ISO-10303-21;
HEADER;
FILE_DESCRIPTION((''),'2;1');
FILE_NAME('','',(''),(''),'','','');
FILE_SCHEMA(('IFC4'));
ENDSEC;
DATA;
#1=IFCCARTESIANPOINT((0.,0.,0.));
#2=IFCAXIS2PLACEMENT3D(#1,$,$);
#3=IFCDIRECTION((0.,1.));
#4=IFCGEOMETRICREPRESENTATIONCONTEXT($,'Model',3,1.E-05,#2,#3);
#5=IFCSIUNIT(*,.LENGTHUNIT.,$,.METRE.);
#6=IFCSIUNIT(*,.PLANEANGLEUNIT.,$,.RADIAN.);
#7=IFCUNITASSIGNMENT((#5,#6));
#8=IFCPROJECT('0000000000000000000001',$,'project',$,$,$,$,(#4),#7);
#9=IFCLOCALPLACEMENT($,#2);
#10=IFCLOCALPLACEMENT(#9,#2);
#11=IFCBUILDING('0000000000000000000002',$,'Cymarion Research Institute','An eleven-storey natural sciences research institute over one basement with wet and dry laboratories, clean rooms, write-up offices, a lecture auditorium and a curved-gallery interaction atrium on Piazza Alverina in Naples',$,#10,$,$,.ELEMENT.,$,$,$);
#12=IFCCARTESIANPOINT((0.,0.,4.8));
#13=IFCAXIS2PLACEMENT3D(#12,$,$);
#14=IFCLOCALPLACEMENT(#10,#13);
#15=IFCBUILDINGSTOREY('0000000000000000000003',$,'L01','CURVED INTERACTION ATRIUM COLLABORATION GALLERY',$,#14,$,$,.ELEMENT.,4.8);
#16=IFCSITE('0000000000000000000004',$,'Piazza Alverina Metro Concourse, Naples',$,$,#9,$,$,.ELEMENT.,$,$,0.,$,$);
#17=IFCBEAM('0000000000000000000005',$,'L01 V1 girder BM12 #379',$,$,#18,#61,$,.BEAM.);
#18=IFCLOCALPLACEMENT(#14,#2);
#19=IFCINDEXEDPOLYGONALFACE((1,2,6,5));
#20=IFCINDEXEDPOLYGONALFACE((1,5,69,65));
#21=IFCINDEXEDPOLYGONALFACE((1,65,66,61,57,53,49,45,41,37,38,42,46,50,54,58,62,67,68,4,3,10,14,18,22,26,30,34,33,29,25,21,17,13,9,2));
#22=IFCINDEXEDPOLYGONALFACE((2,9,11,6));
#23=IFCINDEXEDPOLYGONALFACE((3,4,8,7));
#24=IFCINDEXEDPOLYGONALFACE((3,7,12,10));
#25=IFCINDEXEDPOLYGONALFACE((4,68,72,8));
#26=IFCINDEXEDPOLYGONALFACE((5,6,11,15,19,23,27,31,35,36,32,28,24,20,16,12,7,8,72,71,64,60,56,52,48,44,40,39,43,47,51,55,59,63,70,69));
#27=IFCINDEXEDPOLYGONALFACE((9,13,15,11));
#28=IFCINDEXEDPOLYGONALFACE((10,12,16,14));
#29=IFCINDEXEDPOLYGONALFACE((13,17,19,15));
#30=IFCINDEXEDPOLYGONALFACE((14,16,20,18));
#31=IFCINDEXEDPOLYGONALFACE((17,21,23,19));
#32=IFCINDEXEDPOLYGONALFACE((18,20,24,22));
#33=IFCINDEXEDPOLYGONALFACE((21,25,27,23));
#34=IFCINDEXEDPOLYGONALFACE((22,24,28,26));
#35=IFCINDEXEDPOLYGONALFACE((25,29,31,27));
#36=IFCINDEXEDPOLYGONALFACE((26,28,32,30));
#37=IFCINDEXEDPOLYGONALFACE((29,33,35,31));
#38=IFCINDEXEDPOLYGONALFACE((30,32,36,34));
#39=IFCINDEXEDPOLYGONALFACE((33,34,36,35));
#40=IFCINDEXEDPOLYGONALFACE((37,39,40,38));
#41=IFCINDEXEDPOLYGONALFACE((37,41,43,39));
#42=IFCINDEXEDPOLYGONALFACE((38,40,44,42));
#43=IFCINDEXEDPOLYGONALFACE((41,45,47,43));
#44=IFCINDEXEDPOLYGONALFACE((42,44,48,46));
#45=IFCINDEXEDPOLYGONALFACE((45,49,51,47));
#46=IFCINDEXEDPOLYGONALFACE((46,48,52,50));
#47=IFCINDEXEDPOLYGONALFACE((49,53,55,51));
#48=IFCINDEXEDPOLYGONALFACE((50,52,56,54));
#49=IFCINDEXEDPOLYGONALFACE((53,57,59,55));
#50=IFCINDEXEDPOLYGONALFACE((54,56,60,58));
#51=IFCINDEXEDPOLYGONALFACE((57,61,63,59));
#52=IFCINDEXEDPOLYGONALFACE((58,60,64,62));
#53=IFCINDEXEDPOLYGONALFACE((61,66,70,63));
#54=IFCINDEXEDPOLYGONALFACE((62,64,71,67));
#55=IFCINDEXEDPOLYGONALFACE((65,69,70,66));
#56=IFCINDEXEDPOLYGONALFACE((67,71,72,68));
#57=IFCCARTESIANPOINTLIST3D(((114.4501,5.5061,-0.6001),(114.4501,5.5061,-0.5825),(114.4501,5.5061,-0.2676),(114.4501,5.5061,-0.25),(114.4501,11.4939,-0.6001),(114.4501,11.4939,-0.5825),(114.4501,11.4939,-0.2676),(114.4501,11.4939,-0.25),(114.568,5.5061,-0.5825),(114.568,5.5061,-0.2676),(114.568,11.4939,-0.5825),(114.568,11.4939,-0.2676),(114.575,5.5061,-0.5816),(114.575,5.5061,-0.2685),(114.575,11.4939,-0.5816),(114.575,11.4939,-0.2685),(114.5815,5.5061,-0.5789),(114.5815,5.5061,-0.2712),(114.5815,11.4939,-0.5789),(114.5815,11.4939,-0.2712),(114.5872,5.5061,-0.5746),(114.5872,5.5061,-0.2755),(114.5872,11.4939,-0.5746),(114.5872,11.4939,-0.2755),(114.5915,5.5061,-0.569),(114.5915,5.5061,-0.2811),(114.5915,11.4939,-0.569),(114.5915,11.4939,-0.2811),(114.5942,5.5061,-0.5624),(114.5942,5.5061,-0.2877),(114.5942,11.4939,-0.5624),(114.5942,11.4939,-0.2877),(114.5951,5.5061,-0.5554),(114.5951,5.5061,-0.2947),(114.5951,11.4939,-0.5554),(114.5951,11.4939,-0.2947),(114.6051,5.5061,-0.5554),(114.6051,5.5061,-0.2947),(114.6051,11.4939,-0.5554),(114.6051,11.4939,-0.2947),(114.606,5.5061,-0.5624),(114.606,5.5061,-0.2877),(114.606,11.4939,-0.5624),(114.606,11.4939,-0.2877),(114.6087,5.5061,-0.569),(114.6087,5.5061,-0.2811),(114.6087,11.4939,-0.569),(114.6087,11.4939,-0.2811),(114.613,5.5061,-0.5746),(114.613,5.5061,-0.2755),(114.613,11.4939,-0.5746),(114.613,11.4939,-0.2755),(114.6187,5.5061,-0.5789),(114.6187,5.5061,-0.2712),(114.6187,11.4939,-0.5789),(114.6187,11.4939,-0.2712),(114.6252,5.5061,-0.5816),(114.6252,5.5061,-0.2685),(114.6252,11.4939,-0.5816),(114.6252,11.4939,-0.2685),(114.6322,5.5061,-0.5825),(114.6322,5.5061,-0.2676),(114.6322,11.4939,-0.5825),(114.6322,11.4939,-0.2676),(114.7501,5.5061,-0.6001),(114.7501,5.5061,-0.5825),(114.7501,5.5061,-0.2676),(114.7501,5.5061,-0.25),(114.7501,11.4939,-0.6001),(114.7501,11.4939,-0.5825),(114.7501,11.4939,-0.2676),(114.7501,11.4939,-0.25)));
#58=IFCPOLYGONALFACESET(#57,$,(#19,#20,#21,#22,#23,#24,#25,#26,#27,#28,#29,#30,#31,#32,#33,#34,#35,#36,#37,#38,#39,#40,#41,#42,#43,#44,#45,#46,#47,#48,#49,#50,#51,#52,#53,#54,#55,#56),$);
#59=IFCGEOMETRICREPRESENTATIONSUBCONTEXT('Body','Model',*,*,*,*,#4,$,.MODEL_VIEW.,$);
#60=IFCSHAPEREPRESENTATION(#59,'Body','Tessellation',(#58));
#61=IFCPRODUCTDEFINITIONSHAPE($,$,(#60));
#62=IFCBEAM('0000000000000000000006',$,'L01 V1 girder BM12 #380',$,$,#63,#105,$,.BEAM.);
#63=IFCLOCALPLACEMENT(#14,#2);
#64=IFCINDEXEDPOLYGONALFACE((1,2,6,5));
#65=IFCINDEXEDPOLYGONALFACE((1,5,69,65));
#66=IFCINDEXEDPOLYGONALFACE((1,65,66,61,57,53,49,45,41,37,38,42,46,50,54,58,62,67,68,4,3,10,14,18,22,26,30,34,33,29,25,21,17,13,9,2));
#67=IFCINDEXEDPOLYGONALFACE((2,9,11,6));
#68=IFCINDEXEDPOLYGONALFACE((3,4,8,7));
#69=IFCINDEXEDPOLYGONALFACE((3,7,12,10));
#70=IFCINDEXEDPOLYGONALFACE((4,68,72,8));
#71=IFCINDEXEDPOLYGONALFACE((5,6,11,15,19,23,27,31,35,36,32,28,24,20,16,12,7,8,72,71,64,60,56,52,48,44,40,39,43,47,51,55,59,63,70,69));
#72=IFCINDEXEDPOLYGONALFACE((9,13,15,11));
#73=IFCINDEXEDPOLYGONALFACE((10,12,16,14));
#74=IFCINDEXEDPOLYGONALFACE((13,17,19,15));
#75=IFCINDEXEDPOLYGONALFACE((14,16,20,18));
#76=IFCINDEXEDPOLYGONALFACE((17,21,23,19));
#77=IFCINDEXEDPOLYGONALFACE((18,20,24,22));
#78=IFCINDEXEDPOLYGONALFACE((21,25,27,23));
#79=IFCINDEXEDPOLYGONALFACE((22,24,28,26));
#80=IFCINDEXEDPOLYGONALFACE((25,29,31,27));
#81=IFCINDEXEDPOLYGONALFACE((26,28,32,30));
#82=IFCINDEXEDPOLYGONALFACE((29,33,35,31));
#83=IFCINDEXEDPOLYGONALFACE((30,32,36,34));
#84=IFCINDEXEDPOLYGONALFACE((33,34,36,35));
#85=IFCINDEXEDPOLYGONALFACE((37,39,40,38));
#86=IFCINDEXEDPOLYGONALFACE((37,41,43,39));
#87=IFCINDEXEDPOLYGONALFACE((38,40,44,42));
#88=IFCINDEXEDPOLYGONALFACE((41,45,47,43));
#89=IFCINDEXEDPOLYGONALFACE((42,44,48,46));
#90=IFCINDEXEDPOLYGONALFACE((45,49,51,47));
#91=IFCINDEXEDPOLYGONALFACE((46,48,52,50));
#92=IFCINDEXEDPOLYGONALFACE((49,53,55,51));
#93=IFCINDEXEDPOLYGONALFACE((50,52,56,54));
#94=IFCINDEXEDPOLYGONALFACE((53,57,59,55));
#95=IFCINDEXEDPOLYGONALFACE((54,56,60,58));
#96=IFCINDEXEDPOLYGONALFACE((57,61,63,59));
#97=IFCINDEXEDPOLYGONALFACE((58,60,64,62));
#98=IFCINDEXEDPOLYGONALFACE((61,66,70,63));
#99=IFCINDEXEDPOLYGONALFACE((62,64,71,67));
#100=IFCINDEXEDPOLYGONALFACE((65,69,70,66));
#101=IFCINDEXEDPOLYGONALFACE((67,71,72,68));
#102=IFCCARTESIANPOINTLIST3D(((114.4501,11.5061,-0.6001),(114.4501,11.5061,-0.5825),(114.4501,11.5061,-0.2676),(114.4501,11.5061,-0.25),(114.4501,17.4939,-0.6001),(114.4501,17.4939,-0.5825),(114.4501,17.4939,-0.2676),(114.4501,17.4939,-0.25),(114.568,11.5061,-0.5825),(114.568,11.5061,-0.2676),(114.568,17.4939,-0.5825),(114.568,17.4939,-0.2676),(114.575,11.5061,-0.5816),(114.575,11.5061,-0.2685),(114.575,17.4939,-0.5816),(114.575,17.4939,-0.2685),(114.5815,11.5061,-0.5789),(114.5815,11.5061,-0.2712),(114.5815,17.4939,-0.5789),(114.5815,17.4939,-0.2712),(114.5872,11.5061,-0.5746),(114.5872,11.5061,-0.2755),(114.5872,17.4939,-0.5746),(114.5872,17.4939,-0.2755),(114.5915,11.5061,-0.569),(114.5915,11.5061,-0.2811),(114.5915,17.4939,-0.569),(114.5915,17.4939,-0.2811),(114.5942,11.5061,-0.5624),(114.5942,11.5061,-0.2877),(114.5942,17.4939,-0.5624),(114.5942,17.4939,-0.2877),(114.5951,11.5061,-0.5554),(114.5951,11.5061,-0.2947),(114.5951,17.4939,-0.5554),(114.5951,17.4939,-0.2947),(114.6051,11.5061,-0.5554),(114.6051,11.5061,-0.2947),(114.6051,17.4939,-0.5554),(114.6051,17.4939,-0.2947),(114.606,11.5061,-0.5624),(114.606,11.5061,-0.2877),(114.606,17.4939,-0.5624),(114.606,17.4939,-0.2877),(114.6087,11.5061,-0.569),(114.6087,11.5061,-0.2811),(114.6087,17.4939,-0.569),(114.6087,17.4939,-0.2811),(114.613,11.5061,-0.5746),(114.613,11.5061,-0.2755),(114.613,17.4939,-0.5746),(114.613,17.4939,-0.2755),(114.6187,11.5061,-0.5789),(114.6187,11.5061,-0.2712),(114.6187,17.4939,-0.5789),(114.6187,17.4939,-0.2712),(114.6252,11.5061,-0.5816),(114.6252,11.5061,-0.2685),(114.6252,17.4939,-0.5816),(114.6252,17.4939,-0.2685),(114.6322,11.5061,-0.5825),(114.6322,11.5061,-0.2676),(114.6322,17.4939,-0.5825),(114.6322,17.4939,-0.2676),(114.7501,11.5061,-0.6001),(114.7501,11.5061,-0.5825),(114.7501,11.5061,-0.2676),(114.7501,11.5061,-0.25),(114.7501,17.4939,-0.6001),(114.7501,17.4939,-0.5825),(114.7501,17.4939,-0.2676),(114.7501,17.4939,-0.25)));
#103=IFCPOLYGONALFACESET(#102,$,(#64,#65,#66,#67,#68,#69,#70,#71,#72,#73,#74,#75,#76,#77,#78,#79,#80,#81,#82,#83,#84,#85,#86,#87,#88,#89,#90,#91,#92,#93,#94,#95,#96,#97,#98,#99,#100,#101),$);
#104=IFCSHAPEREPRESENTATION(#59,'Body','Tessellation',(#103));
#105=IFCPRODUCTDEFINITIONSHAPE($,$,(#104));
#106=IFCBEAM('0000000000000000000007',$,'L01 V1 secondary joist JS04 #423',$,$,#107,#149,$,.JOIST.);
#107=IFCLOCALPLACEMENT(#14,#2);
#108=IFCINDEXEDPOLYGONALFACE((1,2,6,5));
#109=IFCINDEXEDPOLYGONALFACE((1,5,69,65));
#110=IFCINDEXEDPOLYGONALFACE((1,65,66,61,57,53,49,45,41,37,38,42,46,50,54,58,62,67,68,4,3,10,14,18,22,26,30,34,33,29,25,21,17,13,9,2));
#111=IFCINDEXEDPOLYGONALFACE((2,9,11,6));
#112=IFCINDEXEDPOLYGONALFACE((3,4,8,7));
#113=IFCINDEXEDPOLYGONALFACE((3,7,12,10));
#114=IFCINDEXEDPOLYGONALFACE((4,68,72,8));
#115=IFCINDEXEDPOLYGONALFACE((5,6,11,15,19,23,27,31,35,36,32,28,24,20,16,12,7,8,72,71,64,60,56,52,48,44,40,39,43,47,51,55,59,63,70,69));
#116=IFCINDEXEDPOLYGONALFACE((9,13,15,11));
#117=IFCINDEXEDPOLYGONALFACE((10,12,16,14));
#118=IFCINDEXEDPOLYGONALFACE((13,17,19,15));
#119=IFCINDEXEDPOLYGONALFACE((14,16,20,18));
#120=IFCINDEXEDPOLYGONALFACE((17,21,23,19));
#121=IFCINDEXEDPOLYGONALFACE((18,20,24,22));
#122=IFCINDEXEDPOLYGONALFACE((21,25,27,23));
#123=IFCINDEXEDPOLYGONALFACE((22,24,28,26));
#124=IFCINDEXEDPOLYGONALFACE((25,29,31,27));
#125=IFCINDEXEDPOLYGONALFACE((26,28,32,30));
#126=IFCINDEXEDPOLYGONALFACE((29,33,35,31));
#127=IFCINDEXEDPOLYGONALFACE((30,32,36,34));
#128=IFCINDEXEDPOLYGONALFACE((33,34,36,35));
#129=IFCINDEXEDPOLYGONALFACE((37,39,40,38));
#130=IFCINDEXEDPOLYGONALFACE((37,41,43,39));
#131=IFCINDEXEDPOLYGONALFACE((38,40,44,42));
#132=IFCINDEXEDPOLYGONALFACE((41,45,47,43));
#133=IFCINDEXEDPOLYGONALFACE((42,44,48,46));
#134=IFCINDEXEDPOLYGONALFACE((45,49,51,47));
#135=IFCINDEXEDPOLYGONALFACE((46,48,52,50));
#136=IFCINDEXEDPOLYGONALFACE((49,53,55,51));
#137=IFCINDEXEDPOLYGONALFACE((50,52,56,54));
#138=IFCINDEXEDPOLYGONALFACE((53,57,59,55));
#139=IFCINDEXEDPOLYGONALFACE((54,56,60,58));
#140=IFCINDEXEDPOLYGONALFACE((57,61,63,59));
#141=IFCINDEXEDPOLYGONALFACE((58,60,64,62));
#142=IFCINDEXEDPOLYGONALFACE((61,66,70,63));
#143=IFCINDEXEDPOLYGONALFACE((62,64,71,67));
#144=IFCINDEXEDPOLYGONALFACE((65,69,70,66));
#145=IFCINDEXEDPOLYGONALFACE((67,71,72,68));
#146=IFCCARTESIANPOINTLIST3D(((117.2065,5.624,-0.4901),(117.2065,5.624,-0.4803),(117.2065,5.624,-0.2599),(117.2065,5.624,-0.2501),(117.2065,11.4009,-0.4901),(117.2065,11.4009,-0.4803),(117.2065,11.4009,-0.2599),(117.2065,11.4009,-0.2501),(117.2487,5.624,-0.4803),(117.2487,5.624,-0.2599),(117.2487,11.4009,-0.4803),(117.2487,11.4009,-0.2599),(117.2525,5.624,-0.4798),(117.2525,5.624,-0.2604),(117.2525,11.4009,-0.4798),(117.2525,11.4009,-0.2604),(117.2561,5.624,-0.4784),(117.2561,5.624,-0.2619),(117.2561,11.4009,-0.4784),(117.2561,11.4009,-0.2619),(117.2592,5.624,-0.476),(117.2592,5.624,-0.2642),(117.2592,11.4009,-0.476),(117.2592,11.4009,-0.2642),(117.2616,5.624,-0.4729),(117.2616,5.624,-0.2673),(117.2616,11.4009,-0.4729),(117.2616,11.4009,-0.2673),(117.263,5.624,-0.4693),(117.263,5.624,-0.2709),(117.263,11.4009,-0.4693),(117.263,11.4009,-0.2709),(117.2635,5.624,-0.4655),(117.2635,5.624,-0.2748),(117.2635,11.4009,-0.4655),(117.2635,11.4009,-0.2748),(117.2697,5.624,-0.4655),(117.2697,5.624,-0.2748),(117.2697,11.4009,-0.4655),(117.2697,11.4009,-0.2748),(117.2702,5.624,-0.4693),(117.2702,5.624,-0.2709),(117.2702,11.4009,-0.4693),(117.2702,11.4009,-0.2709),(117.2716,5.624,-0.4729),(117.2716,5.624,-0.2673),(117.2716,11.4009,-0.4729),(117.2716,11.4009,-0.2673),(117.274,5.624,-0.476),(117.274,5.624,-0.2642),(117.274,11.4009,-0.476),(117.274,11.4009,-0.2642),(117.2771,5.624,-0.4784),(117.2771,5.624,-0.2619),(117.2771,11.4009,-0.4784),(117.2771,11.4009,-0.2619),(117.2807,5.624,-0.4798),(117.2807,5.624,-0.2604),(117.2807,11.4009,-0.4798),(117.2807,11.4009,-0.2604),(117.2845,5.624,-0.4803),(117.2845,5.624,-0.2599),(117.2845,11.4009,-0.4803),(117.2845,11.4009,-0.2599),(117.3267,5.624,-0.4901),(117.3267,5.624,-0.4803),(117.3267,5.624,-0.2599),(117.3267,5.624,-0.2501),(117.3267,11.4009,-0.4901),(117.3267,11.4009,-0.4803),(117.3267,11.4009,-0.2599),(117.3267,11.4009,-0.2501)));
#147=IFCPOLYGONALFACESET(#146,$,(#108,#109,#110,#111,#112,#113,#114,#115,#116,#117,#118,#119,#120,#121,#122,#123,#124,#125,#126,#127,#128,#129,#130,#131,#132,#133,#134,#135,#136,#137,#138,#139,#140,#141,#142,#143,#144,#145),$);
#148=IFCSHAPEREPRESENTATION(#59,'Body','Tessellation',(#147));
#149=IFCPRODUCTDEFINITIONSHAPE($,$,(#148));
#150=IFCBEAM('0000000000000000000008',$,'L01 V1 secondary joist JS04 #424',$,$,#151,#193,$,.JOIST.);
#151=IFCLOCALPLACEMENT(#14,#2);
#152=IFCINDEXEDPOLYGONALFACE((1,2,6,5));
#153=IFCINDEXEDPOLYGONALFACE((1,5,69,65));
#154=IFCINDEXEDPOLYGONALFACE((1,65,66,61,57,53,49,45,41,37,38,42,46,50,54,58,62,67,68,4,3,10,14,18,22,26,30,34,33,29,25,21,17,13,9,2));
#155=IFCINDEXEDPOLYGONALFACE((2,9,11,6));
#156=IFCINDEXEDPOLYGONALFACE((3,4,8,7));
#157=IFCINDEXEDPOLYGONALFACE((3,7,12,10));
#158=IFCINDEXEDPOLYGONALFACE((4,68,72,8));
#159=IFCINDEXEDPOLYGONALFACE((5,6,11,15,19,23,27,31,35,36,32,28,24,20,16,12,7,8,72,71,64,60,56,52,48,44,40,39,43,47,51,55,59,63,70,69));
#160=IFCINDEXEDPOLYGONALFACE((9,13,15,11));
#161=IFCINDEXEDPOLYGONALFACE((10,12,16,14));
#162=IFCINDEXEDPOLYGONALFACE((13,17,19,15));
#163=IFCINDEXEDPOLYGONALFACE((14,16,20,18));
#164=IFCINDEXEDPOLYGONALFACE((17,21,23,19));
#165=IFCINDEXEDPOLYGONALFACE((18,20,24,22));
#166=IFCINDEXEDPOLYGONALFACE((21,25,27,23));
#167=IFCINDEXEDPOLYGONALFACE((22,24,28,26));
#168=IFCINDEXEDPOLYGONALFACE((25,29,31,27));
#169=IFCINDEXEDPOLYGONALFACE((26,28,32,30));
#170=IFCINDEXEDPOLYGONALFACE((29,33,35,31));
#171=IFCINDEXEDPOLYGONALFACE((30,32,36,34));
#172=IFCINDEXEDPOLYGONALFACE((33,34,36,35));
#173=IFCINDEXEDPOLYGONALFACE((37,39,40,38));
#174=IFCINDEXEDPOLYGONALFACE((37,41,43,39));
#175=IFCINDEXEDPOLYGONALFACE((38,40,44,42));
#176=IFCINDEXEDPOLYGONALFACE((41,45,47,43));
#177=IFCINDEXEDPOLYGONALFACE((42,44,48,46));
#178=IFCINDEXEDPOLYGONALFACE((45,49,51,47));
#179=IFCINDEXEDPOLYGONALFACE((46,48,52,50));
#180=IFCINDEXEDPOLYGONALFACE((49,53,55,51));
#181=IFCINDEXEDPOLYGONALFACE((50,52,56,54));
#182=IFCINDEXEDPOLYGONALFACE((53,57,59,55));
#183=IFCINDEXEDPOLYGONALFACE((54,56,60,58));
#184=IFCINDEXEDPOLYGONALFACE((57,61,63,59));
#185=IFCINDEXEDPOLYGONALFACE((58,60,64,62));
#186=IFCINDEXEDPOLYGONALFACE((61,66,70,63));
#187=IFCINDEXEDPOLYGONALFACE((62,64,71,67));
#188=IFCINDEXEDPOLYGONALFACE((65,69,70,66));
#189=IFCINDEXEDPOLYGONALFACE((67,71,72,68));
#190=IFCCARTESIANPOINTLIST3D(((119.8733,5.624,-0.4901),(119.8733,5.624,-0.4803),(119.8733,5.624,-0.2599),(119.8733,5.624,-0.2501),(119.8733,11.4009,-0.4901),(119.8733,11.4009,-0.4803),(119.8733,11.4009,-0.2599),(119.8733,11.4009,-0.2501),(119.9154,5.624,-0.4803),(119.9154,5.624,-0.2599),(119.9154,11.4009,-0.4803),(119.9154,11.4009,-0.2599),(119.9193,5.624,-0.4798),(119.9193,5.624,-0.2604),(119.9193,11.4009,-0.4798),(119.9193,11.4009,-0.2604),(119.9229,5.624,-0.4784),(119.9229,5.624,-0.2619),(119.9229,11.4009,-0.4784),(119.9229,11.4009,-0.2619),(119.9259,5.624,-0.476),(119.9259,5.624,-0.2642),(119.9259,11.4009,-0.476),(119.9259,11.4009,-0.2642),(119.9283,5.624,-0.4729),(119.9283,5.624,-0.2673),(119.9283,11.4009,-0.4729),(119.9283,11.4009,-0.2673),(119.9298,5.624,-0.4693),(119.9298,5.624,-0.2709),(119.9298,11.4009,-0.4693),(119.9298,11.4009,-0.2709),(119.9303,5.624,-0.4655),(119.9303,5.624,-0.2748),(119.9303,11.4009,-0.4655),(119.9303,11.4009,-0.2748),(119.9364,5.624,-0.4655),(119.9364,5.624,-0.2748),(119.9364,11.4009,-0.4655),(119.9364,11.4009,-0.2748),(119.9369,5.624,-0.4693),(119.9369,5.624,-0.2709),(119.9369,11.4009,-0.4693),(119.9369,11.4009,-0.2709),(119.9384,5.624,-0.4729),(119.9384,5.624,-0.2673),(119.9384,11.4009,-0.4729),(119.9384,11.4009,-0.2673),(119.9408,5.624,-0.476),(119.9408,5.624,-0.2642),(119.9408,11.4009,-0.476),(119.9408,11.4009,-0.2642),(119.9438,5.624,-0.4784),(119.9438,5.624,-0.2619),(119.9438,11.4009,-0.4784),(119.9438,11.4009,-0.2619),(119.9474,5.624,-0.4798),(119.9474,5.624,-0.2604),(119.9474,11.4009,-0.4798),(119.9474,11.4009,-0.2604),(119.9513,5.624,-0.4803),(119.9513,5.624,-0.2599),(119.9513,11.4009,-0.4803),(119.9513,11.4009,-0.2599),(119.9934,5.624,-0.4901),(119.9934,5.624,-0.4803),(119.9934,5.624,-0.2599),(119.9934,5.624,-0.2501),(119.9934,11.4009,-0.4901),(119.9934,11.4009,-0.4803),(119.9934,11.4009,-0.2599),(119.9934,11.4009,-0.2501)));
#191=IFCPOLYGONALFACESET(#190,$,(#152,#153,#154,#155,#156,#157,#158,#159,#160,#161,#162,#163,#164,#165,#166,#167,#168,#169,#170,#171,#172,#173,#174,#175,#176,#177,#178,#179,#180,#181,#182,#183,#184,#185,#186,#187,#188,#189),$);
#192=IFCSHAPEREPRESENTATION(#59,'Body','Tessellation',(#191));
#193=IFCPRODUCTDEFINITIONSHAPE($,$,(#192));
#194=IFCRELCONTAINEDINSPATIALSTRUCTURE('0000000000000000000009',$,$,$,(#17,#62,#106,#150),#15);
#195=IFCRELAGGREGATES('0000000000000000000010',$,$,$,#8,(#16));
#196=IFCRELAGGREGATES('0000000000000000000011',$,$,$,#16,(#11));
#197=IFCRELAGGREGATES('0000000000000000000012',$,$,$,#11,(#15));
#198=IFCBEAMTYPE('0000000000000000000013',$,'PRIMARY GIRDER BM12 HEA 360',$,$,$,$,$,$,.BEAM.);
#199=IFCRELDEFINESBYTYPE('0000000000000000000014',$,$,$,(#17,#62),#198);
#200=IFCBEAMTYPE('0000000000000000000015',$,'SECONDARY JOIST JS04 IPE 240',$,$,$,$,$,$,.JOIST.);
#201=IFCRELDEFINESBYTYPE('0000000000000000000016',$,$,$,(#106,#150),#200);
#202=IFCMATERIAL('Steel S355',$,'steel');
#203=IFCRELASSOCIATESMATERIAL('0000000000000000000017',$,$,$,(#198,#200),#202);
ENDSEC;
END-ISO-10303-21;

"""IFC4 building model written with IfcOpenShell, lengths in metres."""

from ifc_helpers import new_model, si_unit, direction, frame, origin, origin_2d, place, context, subcontext, project, spatial, i_section, extrude, material, material_profile, profile_set, type_object, element, save


model = new_model("IFC4")

# Units and contexts
model_context = context("Model", 3, precision=1e-05, world=origin(), true_north=direction((0.0, 1.0)))
body_context = subcontext(model_context, "Body", "Model", "MODEL_VIEW")
ifc_project = project(units=[si_unit("LENGTHUNIT", "METRE"), si_unit("PLANEANGLEUNIT", "RADIAN")], contexts=[model_context])

# Site, building, storey
site_placement = place(None, origin())
site = spatial("IfcSite", under=ifc_project, at=site_placement, Name="Piazza Alverina Metro Concourse, Naples", CompositionType="ELEMENT", RefElevation=0.0)
building_placement = place(site_placement, origin())
building = spatial("IfcBuilding", under=site, at=building_placement, Name="Cymarion Research Institute", Description="An eleven-storey natural sciences research institute over one basement with wet and dry laboratories, clean rooms, write-up offices, a lecture auditorium and a curved-gallery interaction atrium on Piazza Alverina in Naples", CompositionType="ELEMENT")
storey_placement = place(building_placement, frame((0.0, 0.0, 4.8)))
storey = spatial("IfcBuildingStorey", under=building, at=storey_placement, Name="L01", Description="CURVED INTERACTION ATRIUM COLLABORATION GALLERY", CompositionType="ELEMENT", Elevation=4.8)

# Shared definitions
ifc_material_1 = material(Name="Steel S355", Category="steel")

# Beams
ifc_material_profile_1 = material_profile(ifc_material_1, i_section(OverallWidth=0.3, OverallDepth=0.3501, WebThickness=0.01, FlangeThickness=0.0176, FilletRadius=0.0271, at=origin_2d()), Name="HEA 360")
ifc_profile_set_1 = profile_set([ifc_material_profile_1], Name="Steel S355")
beam_type_1 = type_object("IfcBeamType", Name="PRIMARY GIRDER BM12 HEA 360", PredefinedType="BEAM", material=ifc_profile_set_1)
for number, where, z_axis, x_axis, name in (
    (1, (114.6001, 5.5061, -0.425), (0.0, 1.0, 0.0), (-1.0, 0.0, 0.0), "L01 V1 girder BM12 #379"),
    (2, (114.6001, 11.5061, -0.425), (0.0, 1.0, 0.0), (-1.0, 0.0, 0.0), "L01 V1 girder BM12 #380"),
):
    element("IfcBeam", number, at=place(storey_placement, frame(where, z_axis=z_axis, x_axis=x_axis)), inside=storey, type_object=beam_type_1, Name=name, PredefinedType="BEAM", context=body_context, shape_type="SweptSolid", body=[
        extrude(i_section(OverallWidth=0.3, OverallDepth=0.3501, WebThickness=0.01, FlangeThickness=0.0176, FilletRadius=0.0271, at=origin_2d()), origin(), (0.0, 0.0, 1.0), 5.9878),
    ])
ifc_material_profile_2 = material_profile(ifc_material_1, i_section(OverallWidth=0.1201, OverallDepth=0.24, WebThickness=0.0061, FlangeThickness=0.0098, FilletRadius=0.0149, at=origin_2d()), Name="IPE 240")
ifc_profile_set_2 = profile_set([ifc_material_profile_2], Name="Steel S355")
beam_type_2 = type_object("IfcBeamType", Name="SECONDARY JOIST JS04 IPE 240", PredefinedType="JOIST", material=ifc_profile_set_2)
for number, where, z_axis, x_axis, name in (
    (3, (117.2666, 5.624, -0.3701), (0.0, 1.0, 0.0), (-1.0, 0.0, 0.0), "L01 V1 secondary joist JS04 #423"),
    (4, (119.9333, 5.624, -0.3701), (0.0, 1.0, 0.0), (-1.0, 0.0, 0.0), "L01 V1 secondary joist JS04 #424"),
):
    element("IfcBeam", number, at=place(storey_placement, frame(where, z_axis=z_axis, x_axis=x_axis)), inside=storey, type_object=beam_type_2, Name=name, PredefinedType="JOIST", context=body_context, shape_type="SweptSolid", body=[
        extrude(i_section(OverallWidth=0.1201, OverallDepth=0.24, WebThickness=0.0061, FlangeThickness=0.0098, FilletRadius=0.0149, at=origin_2d()), origin(), (0.0, 0.0, 1.0), 5.7769),
    ])

save(model, "model.ifc")
